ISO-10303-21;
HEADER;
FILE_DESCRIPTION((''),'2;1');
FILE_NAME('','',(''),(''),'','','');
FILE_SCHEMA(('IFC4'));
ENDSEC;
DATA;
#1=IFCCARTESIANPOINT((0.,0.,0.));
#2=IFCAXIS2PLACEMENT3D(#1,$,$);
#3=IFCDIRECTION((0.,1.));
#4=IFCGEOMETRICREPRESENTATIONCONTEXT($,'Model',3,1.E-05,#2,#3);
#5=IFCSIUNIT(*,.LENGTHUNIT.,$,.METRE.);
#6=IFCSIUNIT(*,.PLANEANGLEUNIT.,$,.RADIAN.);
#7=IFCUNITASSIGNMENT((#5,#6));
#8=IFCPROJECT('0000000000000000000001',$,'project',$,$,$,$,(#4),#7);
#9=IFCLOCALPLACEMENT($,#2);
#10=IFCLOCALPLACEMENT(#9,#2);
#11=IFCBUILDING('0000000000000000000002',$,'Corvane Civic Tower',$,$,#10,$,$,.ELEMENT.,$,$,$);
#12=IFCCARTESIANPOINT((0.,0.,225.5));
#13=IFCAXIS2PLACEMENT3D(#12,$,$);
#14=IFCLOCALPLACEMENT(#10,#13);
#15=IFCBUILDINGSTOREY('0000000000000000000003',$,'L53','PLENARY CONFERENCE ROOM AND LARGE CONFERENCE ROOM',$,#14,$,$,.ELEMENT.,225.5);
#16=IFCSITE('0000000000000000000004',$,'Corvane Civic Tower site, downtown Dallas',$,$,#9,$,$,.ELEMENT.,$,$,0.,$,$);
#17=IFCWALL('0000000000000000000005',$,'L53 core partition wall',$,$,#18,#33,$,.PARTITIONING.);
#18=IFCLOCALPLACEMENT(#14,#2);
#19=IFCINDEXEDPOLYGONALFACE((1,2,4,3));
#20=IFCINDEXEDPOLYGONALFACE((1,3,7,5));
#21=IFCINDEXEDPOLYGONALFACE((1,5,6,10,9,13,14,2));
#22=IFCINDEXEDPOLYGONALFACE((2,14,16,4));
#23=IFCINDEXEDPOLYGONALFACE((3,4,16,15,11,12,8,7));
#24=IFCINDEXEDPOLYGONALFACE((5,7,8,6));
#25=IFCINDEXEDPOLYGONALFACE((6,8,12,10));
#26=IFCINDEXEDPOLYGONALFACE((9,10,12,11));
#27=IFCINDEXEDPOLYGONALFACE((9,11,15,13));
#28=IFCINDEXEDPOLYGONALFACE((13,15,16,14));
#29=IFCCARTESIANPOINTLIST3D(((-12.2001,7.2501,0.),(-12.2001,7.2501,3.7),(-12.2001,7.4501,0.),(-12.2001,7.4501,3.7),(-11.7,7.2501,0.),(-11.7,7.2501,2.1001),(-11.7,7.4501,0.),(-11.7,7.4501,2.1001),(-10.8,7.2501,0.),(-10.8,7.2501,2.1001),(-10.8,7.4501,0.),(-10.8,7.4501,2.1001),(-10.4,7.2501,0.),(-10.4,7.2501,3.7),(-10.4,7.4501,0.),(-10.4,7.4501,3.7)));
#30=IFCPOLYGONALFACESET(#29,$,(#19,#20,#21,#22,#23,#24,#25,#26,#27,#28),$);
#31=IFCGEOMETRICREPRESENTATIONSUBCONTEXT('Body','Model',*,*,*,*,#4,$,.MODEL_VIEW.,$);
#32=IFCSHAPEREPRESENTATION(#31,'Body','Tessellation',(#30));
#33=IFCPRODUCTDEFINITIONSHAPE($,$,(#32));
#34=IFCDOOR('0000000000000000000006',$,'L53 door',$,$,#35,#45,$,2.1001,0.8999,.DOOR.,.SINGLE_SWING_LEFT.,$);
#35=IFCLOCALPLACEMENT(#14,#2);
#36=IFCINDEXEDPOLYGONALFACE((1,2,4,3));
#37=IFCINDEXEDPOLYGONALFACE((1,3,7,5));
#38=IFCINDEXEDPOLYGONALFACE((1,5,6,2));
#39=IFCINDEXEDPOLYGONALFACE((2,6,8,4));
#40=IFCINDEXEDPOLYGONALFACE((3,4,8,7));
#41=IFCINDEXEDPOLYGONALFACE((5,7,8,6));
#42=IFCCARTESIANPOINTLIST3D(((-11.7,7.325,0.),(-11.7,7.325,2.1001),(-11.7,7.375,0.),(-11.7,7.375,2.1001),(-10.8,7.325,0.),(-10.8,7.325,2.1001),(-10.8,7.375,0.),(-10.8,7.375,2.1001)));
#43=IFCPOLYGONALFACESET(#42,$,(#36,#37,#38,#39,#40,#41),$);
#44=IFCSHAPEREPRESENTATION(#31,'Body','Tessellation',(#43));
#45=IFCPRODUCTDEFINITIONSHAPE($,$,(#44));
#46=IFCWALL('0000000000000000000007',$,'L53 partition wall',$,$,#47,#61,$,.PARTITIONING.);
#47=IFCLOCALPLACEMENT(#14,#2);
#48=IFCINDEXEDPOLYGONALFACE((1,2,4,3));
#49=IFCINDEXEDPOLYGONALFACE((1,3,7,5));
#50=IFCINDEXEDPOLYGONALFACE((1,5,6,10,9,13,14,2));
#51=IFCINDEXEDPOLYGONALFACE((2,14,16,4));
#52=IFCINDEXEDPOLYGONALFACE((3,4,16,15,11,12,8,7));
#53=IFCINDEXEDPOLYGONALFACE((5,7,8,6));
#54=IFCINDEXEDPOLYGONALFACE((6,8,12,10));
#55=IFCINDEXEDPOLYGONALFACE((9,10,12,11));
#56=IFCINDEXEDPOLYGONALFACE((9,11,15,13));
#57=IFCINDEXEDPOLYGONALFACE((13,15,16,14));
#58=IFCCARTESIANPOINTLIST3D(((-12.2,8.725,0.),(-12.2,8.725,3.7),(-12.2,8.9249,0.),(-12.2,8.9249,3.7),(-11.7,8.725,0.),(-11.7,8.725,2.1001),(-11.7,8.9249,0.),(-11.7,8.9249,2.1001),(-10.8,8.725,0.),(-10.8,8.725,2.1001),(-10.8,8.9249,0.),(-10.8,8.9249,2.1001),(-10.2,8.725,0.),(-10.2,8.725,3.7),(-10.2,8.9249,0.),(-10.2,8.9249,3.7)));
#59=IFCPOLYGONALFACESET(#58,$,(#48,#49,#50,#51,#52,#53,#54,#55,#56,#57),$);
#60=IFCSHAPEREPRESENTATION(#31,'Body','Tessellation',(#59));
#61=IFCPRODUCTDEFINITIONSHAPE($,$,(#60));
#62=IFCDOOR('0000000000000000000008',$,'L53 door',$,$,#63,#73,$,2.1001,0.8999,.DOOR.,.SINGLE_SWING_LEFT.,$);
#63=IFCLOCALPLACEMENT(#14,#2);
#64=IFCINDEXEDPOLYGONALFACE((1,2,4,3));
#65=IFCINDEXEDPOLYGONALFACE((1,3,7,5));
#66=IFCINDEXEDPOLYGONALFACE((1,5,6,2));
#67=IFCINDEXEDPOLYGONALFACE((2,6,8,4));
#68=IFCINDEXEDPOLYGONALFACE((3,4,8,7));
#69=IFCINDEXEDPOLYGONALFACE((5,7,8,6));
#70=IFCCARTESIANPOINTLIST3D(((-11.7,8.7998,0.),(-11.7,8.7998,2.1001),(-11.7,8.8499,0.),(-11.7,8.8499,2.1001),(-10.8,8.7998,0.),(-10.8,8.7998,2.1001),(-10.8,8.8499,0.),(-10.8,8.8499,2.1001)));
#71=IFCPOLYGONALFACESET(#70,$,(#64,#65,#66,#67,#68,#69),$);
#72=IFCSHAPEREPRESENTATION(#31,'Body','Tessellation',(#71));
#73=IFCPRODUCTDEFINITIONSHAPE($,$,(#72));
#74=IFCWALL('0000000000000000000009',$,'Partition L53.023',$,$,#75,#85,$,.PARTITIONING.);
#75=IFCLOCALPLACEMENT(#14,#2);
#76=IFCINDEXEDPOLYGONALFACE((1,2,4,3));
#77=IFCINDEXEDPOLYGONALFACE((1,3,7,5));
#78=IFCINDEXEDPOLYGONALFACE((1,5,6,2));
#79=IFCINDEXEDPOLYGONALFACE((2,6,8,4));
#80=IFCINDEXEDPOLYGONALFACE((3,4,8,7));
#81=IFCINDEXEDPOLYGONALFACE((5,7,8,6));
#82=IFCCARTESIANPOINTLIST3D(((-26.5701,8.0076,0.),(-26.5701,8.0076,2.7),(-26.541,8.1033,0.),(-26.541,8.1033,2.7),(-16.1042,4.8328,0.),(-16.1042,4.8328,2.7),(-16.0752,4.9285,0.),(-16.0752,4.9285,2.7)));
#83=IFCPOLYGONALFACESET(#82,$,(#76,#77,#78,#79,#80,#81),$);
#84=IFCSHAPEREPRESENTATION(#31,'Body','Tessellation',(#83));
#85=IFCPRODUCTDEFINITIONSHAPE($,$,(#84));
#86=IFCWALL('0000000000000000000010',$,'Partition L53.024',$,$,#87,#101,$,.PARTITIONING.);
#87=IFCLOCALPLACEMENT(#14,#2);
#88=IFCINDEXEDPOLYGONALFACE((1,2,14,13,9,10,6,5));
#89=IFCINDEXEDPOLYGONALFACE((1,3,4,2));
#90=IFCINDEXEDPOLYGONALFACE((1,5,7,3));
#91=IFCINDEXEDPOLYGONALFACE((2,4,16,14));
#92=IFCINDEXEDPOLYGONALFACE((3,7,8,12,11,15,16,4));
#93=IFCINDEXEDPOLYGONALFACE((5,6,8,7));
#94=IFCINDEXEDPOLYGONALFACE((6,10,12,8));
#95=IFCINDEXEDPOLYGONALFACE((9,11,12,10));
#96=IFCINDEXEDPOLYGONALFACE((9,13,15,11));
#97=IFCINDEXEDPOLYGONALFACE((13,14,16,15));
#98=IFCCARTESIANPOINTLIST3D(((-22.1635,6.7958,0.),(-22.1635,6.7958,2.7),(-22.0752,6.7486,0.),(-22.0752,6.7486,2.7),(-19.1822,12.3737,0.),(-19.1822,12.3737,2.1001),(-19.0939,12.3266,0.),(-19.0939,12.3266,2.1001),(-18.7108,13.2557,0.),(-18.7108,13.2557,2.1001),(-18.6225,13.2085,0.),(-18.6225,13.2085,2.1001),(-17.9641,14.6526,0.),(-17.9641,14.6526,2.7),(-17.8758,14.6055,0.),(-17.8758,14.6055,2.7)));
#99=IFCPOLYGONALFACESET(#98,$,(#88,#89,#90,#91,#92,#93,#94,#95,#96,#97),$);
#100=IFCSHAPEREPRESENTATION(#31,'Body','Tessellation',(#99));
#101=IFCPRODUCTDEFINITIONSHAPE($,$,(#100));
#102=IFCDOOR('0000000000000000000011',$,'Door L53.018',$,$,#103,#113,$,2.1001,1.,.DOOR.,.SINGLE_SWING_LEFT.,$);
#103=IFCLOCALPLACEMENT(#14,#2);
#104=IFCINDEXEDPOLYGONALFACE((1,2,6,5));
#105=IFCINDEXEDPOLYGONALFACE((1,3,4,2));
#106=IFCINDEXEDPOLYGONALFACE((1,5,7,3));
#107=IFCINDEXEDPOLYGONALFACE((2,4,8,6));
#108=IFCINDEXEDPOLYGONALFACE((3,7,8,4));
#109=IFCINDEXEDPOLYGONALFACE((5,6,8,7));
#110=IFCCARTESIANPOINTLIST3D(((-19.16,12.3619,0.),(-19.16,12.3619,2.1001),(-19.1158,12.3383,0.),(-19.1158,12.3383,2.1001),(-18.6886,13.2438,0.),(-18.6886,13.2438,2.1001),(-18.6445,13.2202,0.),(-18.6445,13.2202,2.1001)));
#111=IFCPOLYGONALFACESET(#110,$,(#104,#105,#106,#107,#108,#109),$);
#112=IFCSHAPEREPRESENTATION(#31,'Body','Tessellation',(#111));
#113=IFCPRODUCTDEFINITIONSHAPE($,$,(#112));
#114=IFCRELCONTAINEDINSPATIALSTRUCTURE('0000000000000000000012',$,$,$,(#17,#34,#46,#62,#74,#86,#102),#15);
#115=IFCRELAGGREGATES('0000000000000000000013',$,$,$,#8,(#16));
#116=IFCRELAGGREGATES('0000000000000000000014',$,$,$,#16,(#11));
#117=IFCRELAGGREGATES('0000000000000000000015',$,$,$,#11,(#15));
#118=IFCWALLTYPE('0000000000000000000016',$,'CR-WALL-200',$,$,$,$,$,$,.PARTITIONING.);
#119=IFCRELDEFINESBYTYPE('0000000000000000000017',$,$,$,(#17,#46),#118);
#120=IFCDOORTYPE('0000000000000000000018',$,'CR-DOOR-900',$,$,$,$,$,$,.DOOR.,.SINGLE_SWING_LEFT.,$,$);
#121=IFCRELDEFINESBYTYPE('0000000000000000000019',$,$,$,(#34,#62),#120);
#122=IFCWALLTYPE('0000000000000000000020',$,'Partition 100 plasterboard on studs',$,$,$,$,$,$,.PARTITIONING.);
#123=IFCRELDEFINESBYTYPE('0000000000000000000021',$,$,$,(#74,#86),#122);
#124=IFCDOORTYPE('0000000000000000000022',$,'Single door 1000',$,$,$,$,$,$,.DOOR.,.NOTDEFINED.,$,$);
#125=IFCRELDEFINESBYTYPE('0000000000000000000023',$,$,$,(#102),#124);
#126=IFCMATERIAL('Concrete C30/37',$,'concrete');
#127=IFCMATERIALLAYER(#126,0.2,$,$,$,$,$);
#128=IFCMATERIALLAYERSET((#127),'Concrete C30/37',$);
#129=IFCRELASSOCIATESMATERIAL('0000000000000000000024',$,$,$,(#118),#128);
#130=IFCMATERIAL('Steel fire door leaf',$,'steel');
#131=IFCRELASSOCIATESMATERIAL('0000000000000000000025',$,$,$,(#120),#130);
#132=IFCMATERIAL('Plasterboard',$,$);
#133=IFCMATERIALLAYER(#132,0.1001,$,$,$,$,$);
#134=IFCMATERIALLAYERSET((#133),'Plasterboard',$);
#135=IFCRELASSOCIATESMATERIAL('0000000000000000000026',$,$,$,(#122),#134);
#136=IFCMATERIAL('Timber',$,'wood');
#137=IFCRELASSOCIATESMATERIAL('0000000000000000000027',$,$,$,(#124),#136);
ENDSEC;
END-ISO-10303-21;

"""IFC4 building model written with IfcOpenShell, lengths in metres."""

from ifc_helpers import new_model, si_unit, direction, frame, frame_2d, origin, place, context, subcontext, project, spatial, rectangle, extrude, material, layer, layer_set, type_object, element, fill, save


model = new_model("IFC4")

# Units and contexts
model_context = context("Model", 3, precision=1e-05, world=origin(), true_north=direction((0.0, 1.0)))
body_context = subcontext(model_context, "Body", "Model", "MODEL_VIEW")
ifc_project = project(units=[si_unit("LENGTHUNIT", "METRE"), si_unit("PLANEANGLEUNIT", "RADIAN")], contexts=[model_context])

# Site, building, storey
site_placement = place(None, origin())
site = spatial("IfcSite", under=ifc_project, at=site_placement, Name="Corvane Civic Tower site, downtown Dallas", CompositionType="ELEMENT", RefElevation=0.0)
building_placement = place(site_placement, origin())
building = spatial("IfcBuilding", under=site, at=building_placement, Name="Corvane Civic Tower", CompositionType="ELEMENT")
storey_placement = place(building_placement, frame((0.0, 0.0, 225.5)))
storey = spatial("IfcBuildingStorey", under=building, at=storey_placement, Name="L53", Description="PLENARY CONFERENCE ROOM AND LARGE CONFERENCE ROOM", CompositionType="ELEMENT", Elevation=225.5)

# Shared definitions
ifc_material_1 = material(Name="Concrete C30/37", Category="concrete")
ifc_layer_1 = layer(ifc_material_1, 0.2)
ifc_layer_set_1 = layer_set([ifc_layer_1], Name="Concrete C30/37")
wall_type_1 = type_object("IfcWallType", Name="CR-WALL-200", PredefinedType="PARTITIONING", material=ifc_layer_set_1)
ifc_material_2 = material(Name="Steel fire door leaf", Category="steel")
door_type_1 = type_object("IfcDoorType", Name="CR-DOOR-900", OperationType="SINGLE_SWING_LEFT", PredefinedType="DOOR", material=ifc_material_2)

# Walls, openings, doors
wall_1_placement = place(storey_placement, frame((-12.2, 7.3501, 0.0), z_axis=(0.0, 0.0, 1.0), x_axis=(1.0, 0.0, 0.0)))
wall_1 = element("IfcWall", 1, at=wall_1_placement, inside=storey, type_object=wall_type_1, Name="L53 core partition wall", PredefinedType="PARTITIONING", context=body_context, shape_type="SweptSolid", body=[
    extrude(rectangle(XDim=1.8, YDim=0.2, at=frame_2d((0.8999, 0.0))), origin(), (0.0, 0.0, 1.0), 3.7),
])
opening_1_placement = place(wall_1_placement, frame((0.5, 0.0, 0.0)))
opening_1 = element("IfcOpeningElement", 2, at=opening_1_placement, cuts=wall_1, PredefinedType="OPENING", context=body_context, shape_type="SweptSolid", body=[
    extrude(rectangle(XDim=0.8999, YDim=2.1001, at=frame_2d((0.45, 1.05))), frame((0.0, 0.1099, 0.0), z_axis=(0.0, -1.0, 0.0), x_axis=(1.0, 0.0, 0.0)), (0.0, 0.0, 1.0), 0.22),
])
door_1_placement = place(opening_1_placement, origin())
door_1 = element("IfcDoor", 3, at=door_1_placement, inside=storey, type_object=door_type_1, Name="L53 door", OperationType="SINGLE_SWING_LEFT", OverallHeight=2.1001, OverallWidth=0.8999, PredefinedType="DOOR", context=body_context, shape_type="SweptSolid", body=[
    extrude(rectangle(XDim=0.8999, YDim=2.1001, at=frame_2d((0.45, 1.05))), frame((0.0, 0.0249, 0.0), z_axis=(0.0, -1.0, 0.0), x_axis=(1.0, 0.0, 0.0)), (0.0, 0.0, 1.0), 0.05),
])
fill(opening_1, door_1)
wall_2_placement = place(storey_placement, frame((-12.2, 8.825, 0.0), z_axis=(0.0, 0.0, 1.0), x_axis=(1.0, 0.0, 0.0)))
wall_2 = element("IfcWall", 4, at=wall_2_placement, inside=storey, type_object=wall_type_1, Name="L53 partition wall", PredefinedType="PARTITIONING", context=body_context, shape_type="SweptSolid", body=[
    extrude(rectangle(XDim=2.0, YDim=0.2, at=frame_2d((1.0, 0.0))), origin(), (0.0, 0.0, 1.0), 3.7),
])
opening_2_placement = place(wall_2_placement, frame((0.5, 0.0, 0.0)))
opening_2 = element("IfcOpeningElement", 5, at=opening_2_placement, cuts=wall_2, PredefinedType="OPENING", context=body_context, shape_type="SweptSolid", body=[
    extrude(rectangle(XDim=0.8999, YDim=2.1001, at=frame_2d((0.45, 1.05))), frame((0.0, 0.1099, 0.0), z_axis=(0.0, -1.0, 0.0), x_axis=(1.0, 0.0, 0.0)), (0.0, 0.0, 1.0), 0.22),
])
door_2_placement = place(opening_2_placement, origin())
door_2 = element("IfcDoor", 6, at=door_2_placement, inside=storey, type_object=door_type_1, Name="L53 door", OperationType="SINGLE_SWING_LEFT", OverallHeight=2.1001, OverallWidth=0.8999, PredefinedType="DOOR", context=body_context, shape_type="SweptSolid", body=[
    extrude(rectangle(XDim=0.8999, YDim=2.1001, at=frame_2d((0.45, 1.05))), frame((0.0, 0.0249, 0.0), z_axis=(0.0, -1.0, 0.0), x_axis=(1.0, 0.0, 0.0)), (0.0, 0.0, 1.0), 0.05),
])
fill(opening_2, door_2)

# Wall
ifc_material_3 = material(Name="Plasterboard")
ifc_layer_2 = layer(ifc_material_3, 0.1001)
ifc_layer_set_2 = layer_set([ifc_layer_2], Name="Plasterboard")
wall_type_2 = type_object("IfcWallType", Name="Partition 100 plasterboard on studs", PredefinedType="PARTITIONING", material=ifc_layer_set_2)
wall_3_placement = place(storey_placement, frame((-26.5554, 8.0554, 0.0), z_axis=(0.0, 0.0, 1.0), x_axis=(0.95694, -0.290287, 0.0)))
element("IfcWall", 7, at=wall_3_placement, inside=storey, type_object=wall_type_2, Name="Partition L53.023", PredefinedType="PARTITIONING", context=body_context, shape_type="SweptSolid", body=[
    extrude(rectangle(XDim=10.9368, YDim=0.1001, at=frame_2d((5.4683, 0.0))), origin(), (0.0, 0.0, 1.0), 2.7),
])

# Wall, opening, door
wall_4_placement = place(storey_placement, frame((-22.1194, 6.7722, 0.0), z_axis=(0.0, 0.0, 1.0), x_axis=(0.471383, 0.881929, 0.0)))
wall_4 = element("IfcWall", 8, at=wall_4_placement, inside=storey, type_object=wall_type_2, Name="Partition L53.024", PredefinedType="PARTITIONING", context=body_context, shape_type="SweptSolid", body=[
    extrude(rectangle(XDim=8.9087, YDim=0.1001, at=frame_2d((4.4543, 0.0))), origin(), (0.0, 0.0, 1.0), 2.7),
])
opening_3_placement = place(wall_4_placement, frame((6.3247, 0.0, 0.0)))
opening_3 = element("IfcOpeningElement", 9, at=opening_3_placement, cuts=wall_4, PredefinedType="OPENING", context=body_context, shape_type="SweptSolid", body=[
    extrude(rectangle(XDim=1.0, YDim=2.1001, at=frame_2d((0.5, 1.05))), frame((0.0, 0.0601, 0.0), z_axis=(0.0, -1.0, 0.0), x_axis=(1.0, 0.0, 0.0)), (0.0, 0.0, 1.0), 0.1201),
])
ifc_material_4 = material(Name="Timber", Category="wood")
door_type_2 = type_object("IfcDoorType", Name="Single door 1000", OperationType="NOTDEFINED", PredefinedType="DOOR", material=ifc_material_4)
door_3_placement = place(opening_3_placement, origin())
door_3 = element("IfcDoor", 10, at=door_3_placement, inside=storey, type_object=door_type_2, Name="Door L53.018", OperationType="SINGLE_SWING_LEFT", OverallHeight=2.1001, OverallWidth=1.0, PredefinedType="DOOR", context=body_context, shape_type="SweptSolid", body=[
    extrude(rectangle(XDim=1.0, YDim=2.1001, at=frame_2d((0.5, 1.05))), frame((0.0, 0.0249, 0.0), z_axis=(0.0, -1.0, 0.0), x_axis=(1.0, 0.0, 0.0)), (0.0, 0.0, 1.0), 0.05),
])
fill(opening_3, door_3)

save(model, "model.ifc")
